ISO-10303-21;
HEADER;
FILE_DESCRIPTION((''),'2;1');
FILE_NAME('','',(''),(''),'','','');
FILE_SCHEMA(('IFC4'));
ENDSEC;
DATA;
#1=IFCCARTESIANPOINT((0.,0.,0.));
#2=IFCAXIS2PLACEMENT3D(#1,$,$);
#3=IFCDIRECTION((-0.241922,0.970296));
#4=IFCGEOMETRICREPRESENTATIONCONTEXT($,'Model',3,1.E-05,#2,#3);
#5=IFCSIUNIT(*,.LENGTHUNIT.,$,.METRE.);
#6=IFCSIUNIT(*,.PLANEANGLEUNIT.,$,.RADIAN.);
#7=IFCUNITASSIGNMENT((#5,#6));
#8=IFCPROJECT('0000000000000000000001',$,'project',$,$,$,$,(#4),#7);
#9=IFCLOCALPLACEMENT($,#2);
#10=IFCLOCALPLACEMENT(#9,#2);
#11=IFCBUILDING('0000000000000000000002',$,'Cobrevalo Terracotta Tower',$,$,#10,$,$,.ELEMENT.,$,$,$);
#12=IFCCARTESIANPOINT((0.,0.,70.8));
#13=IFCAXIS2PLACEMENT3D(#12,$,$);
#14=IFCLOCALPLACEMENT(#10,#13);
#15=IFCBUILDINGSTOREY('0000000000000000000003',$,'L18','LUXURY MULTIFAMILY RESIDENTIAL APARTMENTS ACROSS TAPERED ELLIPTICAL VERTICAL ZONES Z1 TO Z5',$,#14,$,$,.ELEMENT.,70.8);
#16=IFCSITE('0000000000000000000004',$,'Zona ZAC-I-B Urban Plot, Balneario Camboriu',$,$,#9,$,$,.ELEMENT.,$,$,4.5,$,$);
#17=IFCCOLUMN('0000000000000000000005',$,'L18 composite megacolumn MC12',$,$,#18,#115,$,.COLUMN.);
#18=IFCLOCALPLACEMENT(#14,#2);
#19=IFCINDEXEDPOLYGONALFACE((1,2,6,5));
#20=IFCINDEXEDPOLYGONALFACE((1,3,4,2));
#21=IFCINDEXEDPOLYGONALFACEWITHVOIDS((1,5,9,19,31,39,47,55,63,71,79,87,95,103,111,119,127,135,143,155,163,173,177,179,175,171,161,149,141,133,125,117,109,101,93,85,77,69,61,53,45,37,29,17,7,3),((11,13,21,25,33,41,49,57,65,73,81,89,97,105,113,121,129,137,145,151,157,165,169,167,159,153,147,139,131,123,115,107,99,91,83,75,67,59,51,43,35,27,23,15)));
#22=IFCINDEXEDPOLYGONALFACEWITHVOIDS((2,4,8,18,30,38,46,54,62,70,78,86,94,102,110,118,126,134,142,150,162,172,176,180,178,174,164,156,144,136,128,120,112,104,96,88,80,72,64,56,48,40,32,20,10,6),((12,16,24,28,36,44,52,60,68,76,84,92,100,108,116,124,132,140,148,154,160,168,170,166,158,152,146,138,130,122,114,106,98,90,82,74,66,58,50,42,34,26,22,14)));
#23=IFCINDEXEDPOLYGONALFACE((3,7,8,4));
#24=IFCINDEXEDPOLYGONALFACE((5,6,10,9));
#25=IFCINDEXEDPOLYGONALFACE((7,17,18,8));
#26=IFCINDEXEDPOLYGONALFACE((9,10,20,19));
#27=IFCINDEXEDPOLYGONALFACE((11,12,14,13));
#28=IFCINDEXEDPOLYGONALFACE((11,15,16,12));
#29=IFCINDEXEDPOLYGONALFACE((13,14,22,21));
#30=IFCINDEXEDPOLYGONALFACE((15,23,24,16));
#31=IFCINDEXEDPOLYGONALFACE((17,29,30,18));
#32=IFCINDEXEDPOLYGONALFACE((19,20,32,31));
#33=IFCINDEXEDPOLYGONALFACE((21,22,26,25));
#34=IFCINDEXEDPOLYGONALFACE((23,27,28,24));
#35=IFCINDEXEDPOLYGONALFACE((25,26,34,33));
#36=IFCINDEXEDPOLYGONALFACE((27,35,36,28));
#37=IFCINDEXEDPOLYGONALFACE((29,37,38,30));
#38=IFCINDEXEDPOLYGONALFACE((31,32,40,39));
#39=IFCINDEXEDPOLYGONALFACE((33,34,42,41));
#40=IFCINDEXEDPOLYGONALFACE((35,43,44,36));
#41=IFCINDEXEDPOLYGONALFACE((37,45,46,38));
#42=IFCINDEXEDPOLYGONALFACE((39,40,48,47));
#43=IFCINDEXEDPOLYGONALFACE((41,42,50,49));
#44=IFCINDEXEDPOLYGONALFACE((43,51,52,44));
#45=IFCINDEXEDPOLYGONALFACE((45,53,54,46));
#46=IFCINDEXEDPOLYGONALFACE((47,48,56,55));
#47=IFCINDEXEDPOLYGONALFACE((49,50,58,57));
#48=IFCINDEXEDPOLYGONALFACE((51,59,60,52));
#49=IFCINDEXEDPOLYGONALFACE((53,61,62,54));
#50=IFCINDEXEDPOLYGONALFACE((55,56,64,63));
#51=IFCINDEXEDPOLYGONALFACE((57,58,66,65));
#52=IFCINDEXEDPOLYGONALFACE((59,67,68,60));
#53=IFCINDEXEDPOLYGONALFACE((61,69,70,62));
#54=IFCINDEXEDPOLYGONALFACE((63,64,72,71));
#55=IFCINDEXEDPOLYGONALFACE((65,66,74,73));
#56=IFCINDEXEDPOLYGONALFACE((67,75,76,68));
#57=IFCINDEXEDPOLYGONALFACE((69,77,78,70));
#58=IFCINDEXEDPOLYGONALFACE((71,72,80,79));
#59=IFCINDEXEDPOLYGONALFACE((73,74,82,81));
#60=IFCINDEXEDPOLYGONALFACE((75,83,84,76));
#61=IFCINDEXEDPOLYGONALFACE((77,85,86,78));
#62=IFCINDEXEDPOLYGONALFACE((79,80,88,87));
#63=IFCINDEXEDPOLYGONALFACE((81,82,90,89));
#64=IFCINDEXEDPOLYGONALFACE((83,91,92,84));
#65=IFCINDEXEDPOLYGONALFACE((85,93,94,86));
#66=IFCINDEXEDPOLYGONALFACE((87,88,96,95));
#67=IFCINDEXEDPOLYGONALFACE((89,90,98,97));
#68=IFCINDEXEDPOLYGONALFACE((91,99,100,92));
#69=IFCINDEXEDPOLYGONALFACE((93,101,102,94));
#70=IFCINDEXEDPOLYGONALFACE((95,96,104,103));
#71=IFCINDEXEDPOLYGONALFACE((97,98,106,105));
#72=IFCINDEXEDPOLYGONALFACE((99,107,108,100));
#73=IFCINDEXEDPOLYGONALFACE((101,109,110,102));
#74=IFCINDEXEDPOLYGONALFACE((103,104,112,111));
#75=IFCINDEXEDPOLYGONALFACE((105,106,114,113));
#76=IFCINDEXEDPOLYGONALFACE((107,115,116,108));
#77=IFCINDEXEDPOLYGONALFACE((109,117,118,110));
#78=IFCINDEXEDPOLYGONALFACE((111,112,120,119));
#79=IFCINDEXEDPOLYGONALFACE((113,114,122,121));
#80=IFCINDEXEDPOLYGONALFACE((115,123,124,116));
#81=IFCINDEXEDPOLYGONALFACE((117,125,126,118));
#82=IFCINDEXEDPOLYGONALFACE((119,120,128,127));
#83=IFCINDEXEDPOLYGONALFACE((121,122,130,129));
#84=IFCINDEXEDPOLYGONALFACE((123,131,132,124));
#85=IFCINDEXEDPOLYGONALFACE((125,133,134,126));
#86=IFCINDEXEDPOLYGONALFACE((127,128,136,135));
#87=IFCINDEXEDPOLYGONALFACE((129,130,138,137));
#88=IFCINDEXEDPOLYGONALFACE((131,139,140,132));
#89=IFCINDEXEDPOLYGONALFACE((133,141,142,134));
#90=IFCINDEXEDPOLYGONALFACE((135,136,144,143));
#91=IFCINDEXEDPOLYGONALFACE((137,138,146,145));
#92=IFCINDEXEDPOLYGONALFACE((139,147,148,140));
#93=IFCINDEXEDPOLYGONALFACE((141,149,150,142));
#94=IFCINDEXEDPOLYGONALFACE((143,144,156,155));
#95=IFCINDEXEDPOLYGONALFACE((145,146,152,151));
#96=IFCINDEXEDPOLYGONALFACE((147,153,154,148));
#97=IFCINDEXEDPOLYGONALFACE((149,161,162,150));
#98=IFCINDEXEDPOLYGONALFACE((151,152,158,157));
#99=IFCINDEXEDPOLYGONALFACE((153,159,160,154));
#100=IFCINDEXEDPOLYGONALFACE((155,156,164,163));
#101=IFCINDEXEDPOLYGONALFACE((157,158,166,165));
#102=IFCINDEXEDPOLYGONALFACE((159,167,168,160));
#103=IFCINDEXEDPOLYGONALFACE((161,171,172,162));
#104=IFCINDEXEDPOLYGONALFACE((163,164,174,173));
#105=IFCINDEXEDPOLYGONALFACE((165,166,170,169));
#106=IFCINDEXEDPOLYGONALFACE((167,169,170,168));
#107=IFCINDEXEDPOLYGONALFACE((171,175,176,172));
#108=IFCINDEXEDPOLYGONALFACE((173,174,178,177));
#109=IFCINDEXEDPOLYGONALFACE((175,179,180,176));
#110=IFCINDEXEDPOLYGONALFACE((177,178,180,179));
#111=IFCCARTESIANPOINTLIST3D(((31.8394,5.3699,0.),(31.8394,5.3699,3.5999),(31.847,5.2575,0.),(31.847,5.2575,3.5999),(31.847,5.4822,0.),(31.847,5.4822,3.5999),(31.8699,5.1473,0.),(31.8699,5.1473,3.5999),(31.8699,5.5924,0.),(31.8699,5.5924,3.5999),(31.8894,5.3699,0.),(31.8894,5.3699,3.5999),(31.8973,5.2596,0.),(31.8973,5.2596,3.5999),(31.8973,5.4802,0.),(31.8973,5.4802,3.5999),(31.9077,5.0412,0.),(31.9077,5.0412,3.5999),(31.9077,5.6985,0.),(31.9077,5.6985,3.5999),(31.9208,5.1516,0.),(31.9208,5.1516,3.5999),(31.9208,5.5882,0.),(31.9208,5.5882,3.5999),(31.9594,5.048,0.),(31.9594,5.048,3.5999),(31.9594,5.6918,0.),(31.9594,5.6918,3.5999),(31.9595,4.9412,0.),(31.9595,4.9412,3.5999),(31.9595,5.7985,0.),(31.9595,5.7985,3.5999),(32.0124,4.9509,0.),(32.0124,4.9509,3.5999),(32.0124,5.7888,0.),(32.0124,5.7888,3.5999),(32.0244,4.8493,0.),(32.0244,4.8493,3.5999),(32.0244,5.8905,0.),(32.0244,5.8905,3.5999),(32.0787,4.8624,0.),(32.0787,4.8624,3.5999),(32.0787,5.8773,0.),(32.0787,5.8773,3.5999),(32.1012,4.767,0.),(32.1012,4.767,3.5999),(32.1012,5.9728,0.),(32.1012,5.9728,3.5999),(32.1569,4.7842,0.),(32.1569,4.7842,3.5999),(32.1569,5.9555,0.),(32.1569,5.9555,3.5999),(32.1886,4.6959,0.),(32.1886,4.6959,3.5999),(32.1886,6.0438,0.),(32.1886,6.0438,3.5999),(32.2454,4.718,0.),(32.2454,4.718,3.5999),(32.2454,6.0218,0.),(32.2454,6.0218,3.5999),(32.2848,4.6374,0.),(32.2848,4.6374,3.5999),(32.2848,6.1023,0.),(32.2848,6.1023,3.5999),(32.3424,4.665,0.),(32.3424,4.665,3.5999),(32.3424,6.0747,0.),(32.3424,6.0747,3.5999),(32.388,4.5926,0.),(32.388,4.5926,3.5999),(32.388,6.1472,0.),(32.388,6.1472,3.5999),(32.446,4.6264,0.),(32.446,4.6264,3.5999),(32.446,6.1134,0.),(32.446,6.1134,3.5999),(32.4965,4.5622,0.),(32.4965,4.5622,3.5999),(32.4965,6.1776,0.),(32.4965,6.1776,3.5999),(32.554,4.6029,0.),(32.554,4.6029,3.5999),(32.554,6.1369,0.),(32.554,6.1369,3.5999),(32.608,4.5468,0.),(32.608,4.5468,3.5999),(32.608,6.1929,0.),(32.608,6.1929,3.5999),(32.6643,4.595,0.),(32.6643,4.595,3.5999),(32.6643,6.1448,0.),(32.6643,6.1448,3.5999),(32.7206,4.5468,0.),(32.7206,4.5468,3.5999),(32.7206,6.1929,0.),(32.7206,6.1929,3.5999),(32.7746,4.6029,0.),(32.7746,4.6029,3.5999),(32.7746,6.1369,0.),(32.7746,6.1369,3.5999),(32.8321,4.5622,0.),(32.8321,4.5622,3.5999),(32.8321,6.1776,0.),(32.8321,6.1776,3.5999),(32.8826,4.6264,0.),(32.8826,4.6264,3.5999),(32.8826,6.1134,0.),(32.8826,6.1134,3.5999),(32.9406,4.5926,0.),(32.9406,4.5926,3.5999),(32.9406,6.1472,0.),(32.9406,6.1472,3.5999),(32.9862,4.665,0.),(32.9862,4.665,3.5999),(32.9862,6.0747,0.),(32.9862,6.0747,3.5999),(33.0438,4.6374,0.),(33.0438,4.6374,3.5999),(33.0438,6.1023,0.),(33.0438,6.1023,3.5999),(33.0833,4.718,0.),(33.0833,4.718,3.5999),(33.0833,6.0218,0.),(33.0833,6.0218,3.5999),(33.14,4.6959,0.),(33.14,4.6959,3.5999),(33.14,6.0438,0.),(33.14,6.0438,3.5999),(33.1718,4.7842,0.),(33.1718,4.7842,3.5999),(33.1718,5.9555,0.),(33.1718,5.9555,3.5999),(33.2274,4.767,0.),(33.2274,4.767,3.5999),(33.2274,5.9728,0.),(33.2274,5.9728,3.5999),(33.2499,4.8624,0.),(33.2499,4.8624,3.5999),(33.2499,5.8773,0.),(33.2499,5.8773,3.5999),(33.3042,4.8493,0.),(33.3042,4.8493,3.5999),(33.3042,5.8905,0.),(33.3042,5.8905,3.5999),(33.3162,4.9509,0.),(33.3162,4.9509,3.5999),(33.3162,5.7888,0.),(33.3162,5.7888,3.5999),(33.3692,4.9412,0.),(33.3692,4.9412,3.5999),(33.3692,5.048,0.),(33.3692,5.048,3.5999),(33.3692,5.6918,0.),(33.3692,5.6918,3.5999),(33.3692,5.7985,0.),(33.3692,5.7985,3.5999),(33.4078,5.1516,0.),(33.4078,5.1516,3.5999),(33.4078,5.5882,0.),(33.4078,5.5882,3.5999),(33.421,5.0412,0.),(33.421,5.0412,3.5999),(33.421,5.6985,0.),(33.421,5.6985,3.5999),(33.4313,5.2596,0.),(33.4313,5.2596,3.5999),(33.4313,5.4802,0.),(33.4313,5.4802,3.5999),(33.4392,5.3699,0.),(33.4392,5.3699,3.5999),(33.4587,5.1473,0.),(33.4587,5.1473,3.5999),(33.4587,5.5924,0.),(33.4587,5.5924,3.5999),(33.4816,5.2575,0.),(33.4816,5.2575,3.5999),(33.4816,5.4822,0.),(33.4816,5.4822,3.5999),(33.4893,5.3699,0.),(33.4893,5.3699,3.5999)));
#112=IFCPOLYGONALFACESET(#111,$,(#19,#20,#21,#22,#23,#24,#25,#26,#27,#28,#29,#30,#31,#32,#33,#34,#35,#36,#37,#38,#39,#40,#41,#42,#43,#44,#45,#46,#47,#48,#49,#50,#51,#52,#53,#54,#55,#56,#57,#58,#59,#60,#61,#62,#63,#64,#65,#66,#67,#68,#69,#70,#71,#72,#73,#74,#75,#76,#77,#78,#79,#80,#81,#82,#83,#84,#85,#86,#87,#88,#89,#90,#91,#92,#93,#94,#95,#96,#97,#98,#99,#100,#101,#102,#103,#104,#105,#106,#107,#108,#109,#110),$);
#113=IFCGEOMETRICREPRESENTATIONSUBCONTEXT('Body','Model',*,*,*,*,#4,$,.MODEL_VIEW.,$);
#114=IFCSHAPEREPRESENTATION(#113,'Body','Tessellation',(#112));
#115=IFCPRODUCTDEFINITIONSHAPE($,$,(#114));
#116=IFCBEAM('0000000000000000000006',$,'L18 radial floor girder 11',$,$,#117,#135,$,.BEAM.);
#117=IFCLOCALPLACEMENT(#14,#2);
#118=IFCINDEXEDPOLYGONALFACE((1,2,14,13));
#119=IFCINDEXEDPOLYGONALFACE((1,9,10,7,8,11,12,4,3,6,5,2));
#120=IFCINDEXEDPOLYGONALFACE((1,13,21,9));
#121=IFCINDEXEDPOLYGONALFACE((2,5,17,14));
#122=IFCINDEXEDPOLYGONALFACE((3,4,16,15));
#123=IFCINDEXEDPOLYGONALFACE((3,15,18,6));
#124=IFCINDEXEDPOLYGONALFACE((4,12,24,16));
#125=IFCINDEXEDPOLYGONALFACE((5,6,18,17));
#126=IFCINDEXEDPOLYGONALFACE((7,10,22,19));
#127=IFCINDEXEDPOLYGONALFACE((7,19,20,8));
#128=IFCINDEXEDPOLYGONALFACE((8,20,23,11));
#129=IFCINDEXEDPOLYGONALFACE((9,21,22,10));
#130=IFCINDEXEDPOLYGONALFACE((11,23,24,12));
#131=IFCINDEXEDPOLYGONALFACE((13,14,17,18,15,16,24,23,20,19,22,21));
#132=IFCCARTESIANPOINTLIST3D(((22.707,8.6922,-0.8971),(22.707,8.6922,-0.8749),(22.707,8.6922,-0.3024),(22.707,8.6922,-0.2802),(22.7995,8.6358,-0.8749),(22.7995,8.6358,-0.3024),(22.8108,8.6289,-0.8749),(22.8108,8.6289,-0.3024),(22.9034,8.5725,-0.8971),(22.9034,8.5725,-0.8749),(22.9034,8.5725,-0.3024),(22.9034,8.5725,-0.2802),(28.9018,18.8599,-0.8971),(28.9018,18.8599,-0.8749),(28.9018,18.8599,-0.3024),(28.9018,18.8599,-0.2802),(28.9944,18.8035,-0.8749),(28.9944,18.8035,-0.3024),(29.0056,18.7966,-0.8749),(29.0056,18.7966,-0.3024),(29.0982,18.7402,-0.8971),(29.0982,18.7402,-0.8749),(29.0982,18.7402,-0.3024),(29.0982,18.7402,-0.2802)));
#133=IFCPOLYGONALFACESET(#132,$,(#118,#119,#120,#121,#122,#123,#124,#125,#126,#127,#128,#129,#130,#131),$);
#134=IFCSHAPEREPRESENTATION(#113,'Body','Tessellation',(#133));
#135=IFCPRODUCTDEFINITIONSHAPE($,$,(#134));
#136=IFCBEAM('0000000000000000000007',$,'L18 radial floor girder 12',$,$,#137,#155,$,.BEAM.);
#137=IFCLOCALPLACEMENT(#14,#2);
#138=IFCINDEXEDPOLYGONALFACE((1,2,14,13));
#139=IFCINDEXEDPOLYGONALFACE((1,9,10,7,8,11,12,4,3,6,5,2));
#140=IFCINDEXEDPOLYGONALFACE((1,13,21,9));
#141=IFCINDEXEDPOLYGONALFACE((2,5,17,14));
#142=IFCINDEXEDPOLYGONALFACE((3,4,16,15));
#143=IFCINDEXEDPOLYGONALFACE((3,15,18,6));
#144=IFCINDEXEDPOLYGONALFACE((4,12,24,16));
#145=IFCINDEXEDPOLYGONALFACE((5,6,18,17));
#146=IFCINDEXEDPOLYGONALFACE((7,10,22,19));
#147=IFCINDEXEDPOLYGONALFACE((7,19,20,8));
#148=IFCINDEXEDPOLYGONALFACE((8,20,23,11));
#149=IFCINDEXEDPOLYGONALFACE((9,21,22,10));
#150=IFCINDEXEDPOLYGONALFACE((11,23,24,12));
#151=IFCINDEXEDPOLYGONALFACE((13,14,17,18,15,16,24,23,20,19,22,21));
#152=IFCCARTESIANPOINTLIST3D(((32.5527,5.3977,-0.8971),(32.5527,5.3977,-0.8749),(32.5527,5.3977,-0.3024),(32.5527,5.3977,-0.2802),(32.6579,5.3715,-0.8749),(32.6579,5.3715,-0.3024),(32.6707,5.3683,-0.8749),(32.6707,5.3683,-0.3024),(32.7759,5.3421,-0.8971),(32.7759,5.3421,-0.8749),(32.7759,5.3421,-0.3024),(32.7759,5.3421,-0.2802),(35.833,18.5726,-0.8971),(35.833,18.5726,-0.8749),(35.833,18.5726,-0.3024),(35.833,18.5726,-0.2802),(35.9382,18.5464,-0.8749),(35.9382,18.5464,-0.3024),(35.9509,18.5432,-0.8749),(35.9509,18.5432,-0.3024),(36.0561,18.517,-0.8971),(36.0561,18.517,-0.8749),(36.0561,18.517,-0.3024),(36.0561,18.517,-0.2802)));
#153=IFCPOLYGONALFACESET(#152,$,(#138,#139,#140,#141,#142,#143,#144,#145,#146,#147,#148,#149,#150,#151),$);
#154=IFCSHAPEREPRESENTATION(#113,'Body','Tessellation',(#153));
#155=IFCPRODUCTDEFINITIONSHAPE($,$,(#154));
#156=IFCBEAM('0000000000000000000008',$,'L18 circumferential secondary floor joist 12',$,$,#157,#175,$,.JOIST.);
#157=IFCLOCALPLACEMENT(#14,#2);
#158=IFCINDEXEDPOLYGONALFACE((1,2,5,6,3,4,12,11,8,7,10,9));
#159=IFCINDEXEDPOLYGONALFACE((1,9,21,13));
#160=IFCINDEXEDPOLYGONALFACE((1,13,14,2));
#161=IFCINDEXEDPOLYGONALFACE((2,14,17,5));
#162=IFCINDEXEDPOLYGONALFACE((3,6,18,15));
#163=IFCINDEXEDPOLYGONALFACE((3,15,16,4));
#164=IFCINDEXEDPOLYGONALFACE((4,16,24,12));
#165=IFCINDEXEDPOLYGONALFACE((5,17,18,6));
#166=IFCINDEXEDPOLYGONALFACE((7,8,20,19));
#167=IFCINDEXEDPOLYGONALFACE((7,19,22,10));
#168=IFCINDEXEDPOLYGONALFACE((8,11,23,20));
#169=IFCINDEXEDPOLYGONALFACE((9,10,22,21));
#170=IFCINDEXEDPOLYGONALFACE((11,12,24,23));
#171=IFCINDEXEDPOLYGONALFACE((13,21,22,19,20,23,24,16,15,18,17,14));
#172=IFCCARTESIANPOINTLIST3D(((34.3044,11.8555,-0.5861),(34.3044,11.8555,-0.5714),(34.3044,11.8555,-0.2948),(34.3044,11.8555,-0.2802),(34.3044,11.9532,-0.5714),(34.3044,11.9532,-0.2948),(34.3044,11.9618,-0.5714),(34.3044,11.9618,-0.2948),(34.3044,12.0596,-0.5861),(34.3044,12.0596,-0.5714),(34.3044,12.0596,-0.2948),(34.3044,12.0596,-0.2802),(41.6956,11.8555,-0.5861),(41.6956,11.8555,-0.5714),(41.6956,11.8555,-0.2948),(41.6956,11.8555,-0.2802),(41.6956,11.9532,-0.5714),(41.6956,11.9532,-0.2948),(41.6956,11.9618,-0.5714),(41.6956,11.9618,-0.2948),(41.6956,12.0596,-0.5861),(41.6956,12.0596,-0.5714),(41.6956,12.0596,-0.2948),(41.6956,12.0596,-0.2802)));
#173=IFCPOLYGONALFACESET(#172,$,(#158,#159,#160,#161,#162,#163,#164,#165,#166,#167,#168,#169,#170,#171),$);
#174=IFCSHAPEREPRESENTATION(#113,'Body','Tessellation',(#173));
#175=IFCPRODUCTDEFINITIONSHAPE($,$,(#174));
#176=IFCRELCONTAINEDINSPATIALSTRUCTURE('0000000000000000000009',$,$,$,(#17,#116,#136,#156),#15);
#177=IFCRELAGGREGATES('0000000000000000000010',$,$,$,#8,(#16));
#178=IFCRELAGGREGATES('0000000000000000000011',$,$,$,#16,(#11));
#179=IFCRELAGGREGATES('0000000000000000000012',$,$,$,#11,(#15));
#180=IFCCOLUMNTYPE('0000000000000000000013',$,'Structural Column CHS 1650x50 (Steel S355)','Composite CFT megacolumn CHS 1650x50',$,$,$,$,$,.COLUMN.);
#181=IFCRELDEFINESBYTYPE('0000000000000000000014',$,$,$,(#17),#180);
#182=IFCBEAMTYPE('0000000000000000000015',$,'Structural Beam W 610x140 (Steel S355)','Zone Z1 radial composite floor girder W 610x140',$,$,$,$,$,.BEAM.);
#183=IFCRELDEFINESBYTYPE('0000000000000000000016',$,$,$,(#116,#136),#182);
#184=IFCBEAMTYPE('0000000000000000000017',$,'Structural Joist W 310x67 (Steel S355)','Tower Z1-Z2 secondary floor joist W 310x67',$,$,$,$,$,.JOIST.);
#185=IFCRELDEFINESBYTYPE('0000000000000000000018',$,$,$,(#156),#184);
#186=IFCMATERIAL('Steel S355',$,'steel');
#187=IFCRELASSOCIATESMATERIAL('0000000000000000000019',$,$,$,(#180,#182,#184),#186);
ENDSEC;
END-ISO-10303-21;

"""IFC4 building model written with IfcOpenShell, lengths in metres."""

from ifc_helpers import new_model, si_unit, direction, frame, origin, origin_2d, place, context, subcontext, project, spatial, hollow_circle, i_section, extrude, material, material_profile, profile_set, type_object, element, save


model = new_model("IFC4")

# Units and contexts
model_context = context("Model", 3, precision=1e-05, world=origin(), true_north=direction((-0.241922, 0.970296)))
body_context = subcontext(model_context, "Body", "Model", "MODEL_VIEW")
ifc_project = project(units=[si_unit("LENGTHUNIT", "METRE"), si_unit("PLANEANGLEUNIT", "RADIAN")], contexts=[model_context])

# Site, building, storey
site_placement = place(None, origin())
site = spatial("IfcSite", under=ifc_project, at=site_placement, Name="Zona ZAC-I-B Urban Plot, Balneario Camboriu", CompositionType="ELEMENT", RefElevation=4.5)
building_placement = place(site_placement, origin())
building = spatial("IfcBuilding", under=site, at=building_placement, Name="Cobrevalo Terracotta Tower", CompositionType="ELEMENT")
storey_placement = place(building_placement, frame((0.0, 0.0, 70.8)))
storey = spatial("IfcBuildingStorey", under=building, at=storey_placement, Name="L18", Description="LUXURY MULTIFAMILY RESIDENTIAL APARTMENTS ACROSS TAPERED ELLIPTICAL VERTICAL ZONES Z1 TO Z5", CompositionType="ELEMENT", Elevation=70.8)

# Column
ifc_material_1 = material(Name="Steel S355", Category="steel")
ifc_material_profile_1 = material_profile(ifc_material_1, hollow_circle(Radius=0.825, WallThickness=0.05, at=origin_2d()), Name="CHS 1650x50")
ifc_profile_set_1 = profile_set([ifc_material_profile_1], Name="Steel S355")
column_type = type_object("IfcColumnType", Name="Structural Column CHS 1650x50 (Steel S355)", Description="Composite CFT megacolumn CHS 1650x50", PredefinedType="COLUMN", material=ifc_profile_set_1)
column_placement = place(storey_placement, frame((32.6643, 5.3699, 0.0), z_axis=(0.0, 0.0, 1.0), x_axis=(1.0, 0.0, 0.0)))
element("IfcColumn", 1, at=column_placement, inside=storey, type_object=column_type, Name="L18 composite megacolumn MC12", PredefinedType="COLUMN", context=body_context, shape_type="SweptSolid", body=[
    extrude(hollow_circle(Radius=0.825, WallThickness=0.05, at=origin_2d()), origin(), (0.0, 0.0, 1.0), 3.5999),
])

# Beams
ifc_material_profile_2 = material_profile(ifc_material_1, i_section(OverallWidth=0.23, OverallDepth=0.6169, WebThickness=0.0132, FlangeThickness=0.0222, at=origin_2d()), Name="W 610x140")
ifc_profile_set_2 = profile_set([ifc_material_profile_2], Name="Steel S355")
beam_type_1 = type_object("IfcBeamType", Name="Structural Beam W 610x140 (Steel S355)", Description="Zone Z1 radial composite floor girder W 610x140", PredefinedType="BEAM", material=ifc_profile_set_2)
beam_1_placement = place(storey_placement, frame((22.8052, 8.6323, -0.5886), z_axis=(0.520301, 0.853983, 0.0), x_axis=(-0.853983, 0.520301, 0.0)))
element("IfcBeam", 2, at=beam_1_placement, inside=storey, type_object=beam_type_1, Name="L18 radial floor girder 11", PredefinedType="BEAM", context=body_context, shape_type="SweptSolid", body=[
    extrude(i_section(OverallWidth=0.23, OverallDepth=0.6169, WebThickness=0.0132, FlangeThickness=0.0222, at=origin_2d()), origin(), (0.0, 0.0, 1.0), 11.9062),
])
beam_2_placement = place(storey_placement, frame((32.6643, 5.3699, -0.5886), z_axis=(0.2416, 0.970376, 0.0), x_axis=(-0.970376, 0.2416, 0.0)))
element("IfcBeam", 3, at=beam_2_placement, inside=storey, type_object=beam_type_1, Name="L18 radial floor girder 12", PredefinedType="BEAM", context=body_context, shape_type="SweptSolid", body=[
    extrude(i_section(OverallWidth=0.23, OverallDepth=0.6169, WebThickness=0.0132, FlangeThickness=0.0222, at=origin_2d()), origin(), (0.0, 0.0, 1.0), 13.5771),
])
ifc_material_profile_3 = material_profile(ifc_material_1, i_section(OverallWidth=0.2041, OverallDepth=0.3059, WebThickness=0.0085, FlangeThickness=0.0146, at=origin_2d()), Name="W 310x67")
ifc_profile_set_3 = profile_set([ifc_material_profile_3], Name="Steel S355")
beam_type_2 = type_object("IfcBeamType", Name="Structural Joist W 310x67 (Steel S355)", Description="Tower Z1-Z2 secondary floor joist W 310x67", PredefinedType="JOIST", material=ifc_profile_set_3)
beam_3_placement = place(storey_placement, frame((34.3044, 11.9575, -0.4331), z_axis=(1.0, 0.0, 0.0), x_axis=(0.0, 1.0, 0.0)))
element("IfcBeam", 4, at=beam_3_placement, inside=storey, type_object=beam_type_2, Name="L18 circumferential secondary floor joist 12", PredefinedType="JOIST", context=body_context, shape_type="SweptSolid", body=[
    extrude(i_section(OverallWidth=0.2041, OverallDepth=0.3059, WebThickness=0.0085, FlangeThickness=0.0146, at=origin_2d()), origin(), (0.0, 0.0, 1.0), 7.3911),
])

save(model, "model.ifc")
